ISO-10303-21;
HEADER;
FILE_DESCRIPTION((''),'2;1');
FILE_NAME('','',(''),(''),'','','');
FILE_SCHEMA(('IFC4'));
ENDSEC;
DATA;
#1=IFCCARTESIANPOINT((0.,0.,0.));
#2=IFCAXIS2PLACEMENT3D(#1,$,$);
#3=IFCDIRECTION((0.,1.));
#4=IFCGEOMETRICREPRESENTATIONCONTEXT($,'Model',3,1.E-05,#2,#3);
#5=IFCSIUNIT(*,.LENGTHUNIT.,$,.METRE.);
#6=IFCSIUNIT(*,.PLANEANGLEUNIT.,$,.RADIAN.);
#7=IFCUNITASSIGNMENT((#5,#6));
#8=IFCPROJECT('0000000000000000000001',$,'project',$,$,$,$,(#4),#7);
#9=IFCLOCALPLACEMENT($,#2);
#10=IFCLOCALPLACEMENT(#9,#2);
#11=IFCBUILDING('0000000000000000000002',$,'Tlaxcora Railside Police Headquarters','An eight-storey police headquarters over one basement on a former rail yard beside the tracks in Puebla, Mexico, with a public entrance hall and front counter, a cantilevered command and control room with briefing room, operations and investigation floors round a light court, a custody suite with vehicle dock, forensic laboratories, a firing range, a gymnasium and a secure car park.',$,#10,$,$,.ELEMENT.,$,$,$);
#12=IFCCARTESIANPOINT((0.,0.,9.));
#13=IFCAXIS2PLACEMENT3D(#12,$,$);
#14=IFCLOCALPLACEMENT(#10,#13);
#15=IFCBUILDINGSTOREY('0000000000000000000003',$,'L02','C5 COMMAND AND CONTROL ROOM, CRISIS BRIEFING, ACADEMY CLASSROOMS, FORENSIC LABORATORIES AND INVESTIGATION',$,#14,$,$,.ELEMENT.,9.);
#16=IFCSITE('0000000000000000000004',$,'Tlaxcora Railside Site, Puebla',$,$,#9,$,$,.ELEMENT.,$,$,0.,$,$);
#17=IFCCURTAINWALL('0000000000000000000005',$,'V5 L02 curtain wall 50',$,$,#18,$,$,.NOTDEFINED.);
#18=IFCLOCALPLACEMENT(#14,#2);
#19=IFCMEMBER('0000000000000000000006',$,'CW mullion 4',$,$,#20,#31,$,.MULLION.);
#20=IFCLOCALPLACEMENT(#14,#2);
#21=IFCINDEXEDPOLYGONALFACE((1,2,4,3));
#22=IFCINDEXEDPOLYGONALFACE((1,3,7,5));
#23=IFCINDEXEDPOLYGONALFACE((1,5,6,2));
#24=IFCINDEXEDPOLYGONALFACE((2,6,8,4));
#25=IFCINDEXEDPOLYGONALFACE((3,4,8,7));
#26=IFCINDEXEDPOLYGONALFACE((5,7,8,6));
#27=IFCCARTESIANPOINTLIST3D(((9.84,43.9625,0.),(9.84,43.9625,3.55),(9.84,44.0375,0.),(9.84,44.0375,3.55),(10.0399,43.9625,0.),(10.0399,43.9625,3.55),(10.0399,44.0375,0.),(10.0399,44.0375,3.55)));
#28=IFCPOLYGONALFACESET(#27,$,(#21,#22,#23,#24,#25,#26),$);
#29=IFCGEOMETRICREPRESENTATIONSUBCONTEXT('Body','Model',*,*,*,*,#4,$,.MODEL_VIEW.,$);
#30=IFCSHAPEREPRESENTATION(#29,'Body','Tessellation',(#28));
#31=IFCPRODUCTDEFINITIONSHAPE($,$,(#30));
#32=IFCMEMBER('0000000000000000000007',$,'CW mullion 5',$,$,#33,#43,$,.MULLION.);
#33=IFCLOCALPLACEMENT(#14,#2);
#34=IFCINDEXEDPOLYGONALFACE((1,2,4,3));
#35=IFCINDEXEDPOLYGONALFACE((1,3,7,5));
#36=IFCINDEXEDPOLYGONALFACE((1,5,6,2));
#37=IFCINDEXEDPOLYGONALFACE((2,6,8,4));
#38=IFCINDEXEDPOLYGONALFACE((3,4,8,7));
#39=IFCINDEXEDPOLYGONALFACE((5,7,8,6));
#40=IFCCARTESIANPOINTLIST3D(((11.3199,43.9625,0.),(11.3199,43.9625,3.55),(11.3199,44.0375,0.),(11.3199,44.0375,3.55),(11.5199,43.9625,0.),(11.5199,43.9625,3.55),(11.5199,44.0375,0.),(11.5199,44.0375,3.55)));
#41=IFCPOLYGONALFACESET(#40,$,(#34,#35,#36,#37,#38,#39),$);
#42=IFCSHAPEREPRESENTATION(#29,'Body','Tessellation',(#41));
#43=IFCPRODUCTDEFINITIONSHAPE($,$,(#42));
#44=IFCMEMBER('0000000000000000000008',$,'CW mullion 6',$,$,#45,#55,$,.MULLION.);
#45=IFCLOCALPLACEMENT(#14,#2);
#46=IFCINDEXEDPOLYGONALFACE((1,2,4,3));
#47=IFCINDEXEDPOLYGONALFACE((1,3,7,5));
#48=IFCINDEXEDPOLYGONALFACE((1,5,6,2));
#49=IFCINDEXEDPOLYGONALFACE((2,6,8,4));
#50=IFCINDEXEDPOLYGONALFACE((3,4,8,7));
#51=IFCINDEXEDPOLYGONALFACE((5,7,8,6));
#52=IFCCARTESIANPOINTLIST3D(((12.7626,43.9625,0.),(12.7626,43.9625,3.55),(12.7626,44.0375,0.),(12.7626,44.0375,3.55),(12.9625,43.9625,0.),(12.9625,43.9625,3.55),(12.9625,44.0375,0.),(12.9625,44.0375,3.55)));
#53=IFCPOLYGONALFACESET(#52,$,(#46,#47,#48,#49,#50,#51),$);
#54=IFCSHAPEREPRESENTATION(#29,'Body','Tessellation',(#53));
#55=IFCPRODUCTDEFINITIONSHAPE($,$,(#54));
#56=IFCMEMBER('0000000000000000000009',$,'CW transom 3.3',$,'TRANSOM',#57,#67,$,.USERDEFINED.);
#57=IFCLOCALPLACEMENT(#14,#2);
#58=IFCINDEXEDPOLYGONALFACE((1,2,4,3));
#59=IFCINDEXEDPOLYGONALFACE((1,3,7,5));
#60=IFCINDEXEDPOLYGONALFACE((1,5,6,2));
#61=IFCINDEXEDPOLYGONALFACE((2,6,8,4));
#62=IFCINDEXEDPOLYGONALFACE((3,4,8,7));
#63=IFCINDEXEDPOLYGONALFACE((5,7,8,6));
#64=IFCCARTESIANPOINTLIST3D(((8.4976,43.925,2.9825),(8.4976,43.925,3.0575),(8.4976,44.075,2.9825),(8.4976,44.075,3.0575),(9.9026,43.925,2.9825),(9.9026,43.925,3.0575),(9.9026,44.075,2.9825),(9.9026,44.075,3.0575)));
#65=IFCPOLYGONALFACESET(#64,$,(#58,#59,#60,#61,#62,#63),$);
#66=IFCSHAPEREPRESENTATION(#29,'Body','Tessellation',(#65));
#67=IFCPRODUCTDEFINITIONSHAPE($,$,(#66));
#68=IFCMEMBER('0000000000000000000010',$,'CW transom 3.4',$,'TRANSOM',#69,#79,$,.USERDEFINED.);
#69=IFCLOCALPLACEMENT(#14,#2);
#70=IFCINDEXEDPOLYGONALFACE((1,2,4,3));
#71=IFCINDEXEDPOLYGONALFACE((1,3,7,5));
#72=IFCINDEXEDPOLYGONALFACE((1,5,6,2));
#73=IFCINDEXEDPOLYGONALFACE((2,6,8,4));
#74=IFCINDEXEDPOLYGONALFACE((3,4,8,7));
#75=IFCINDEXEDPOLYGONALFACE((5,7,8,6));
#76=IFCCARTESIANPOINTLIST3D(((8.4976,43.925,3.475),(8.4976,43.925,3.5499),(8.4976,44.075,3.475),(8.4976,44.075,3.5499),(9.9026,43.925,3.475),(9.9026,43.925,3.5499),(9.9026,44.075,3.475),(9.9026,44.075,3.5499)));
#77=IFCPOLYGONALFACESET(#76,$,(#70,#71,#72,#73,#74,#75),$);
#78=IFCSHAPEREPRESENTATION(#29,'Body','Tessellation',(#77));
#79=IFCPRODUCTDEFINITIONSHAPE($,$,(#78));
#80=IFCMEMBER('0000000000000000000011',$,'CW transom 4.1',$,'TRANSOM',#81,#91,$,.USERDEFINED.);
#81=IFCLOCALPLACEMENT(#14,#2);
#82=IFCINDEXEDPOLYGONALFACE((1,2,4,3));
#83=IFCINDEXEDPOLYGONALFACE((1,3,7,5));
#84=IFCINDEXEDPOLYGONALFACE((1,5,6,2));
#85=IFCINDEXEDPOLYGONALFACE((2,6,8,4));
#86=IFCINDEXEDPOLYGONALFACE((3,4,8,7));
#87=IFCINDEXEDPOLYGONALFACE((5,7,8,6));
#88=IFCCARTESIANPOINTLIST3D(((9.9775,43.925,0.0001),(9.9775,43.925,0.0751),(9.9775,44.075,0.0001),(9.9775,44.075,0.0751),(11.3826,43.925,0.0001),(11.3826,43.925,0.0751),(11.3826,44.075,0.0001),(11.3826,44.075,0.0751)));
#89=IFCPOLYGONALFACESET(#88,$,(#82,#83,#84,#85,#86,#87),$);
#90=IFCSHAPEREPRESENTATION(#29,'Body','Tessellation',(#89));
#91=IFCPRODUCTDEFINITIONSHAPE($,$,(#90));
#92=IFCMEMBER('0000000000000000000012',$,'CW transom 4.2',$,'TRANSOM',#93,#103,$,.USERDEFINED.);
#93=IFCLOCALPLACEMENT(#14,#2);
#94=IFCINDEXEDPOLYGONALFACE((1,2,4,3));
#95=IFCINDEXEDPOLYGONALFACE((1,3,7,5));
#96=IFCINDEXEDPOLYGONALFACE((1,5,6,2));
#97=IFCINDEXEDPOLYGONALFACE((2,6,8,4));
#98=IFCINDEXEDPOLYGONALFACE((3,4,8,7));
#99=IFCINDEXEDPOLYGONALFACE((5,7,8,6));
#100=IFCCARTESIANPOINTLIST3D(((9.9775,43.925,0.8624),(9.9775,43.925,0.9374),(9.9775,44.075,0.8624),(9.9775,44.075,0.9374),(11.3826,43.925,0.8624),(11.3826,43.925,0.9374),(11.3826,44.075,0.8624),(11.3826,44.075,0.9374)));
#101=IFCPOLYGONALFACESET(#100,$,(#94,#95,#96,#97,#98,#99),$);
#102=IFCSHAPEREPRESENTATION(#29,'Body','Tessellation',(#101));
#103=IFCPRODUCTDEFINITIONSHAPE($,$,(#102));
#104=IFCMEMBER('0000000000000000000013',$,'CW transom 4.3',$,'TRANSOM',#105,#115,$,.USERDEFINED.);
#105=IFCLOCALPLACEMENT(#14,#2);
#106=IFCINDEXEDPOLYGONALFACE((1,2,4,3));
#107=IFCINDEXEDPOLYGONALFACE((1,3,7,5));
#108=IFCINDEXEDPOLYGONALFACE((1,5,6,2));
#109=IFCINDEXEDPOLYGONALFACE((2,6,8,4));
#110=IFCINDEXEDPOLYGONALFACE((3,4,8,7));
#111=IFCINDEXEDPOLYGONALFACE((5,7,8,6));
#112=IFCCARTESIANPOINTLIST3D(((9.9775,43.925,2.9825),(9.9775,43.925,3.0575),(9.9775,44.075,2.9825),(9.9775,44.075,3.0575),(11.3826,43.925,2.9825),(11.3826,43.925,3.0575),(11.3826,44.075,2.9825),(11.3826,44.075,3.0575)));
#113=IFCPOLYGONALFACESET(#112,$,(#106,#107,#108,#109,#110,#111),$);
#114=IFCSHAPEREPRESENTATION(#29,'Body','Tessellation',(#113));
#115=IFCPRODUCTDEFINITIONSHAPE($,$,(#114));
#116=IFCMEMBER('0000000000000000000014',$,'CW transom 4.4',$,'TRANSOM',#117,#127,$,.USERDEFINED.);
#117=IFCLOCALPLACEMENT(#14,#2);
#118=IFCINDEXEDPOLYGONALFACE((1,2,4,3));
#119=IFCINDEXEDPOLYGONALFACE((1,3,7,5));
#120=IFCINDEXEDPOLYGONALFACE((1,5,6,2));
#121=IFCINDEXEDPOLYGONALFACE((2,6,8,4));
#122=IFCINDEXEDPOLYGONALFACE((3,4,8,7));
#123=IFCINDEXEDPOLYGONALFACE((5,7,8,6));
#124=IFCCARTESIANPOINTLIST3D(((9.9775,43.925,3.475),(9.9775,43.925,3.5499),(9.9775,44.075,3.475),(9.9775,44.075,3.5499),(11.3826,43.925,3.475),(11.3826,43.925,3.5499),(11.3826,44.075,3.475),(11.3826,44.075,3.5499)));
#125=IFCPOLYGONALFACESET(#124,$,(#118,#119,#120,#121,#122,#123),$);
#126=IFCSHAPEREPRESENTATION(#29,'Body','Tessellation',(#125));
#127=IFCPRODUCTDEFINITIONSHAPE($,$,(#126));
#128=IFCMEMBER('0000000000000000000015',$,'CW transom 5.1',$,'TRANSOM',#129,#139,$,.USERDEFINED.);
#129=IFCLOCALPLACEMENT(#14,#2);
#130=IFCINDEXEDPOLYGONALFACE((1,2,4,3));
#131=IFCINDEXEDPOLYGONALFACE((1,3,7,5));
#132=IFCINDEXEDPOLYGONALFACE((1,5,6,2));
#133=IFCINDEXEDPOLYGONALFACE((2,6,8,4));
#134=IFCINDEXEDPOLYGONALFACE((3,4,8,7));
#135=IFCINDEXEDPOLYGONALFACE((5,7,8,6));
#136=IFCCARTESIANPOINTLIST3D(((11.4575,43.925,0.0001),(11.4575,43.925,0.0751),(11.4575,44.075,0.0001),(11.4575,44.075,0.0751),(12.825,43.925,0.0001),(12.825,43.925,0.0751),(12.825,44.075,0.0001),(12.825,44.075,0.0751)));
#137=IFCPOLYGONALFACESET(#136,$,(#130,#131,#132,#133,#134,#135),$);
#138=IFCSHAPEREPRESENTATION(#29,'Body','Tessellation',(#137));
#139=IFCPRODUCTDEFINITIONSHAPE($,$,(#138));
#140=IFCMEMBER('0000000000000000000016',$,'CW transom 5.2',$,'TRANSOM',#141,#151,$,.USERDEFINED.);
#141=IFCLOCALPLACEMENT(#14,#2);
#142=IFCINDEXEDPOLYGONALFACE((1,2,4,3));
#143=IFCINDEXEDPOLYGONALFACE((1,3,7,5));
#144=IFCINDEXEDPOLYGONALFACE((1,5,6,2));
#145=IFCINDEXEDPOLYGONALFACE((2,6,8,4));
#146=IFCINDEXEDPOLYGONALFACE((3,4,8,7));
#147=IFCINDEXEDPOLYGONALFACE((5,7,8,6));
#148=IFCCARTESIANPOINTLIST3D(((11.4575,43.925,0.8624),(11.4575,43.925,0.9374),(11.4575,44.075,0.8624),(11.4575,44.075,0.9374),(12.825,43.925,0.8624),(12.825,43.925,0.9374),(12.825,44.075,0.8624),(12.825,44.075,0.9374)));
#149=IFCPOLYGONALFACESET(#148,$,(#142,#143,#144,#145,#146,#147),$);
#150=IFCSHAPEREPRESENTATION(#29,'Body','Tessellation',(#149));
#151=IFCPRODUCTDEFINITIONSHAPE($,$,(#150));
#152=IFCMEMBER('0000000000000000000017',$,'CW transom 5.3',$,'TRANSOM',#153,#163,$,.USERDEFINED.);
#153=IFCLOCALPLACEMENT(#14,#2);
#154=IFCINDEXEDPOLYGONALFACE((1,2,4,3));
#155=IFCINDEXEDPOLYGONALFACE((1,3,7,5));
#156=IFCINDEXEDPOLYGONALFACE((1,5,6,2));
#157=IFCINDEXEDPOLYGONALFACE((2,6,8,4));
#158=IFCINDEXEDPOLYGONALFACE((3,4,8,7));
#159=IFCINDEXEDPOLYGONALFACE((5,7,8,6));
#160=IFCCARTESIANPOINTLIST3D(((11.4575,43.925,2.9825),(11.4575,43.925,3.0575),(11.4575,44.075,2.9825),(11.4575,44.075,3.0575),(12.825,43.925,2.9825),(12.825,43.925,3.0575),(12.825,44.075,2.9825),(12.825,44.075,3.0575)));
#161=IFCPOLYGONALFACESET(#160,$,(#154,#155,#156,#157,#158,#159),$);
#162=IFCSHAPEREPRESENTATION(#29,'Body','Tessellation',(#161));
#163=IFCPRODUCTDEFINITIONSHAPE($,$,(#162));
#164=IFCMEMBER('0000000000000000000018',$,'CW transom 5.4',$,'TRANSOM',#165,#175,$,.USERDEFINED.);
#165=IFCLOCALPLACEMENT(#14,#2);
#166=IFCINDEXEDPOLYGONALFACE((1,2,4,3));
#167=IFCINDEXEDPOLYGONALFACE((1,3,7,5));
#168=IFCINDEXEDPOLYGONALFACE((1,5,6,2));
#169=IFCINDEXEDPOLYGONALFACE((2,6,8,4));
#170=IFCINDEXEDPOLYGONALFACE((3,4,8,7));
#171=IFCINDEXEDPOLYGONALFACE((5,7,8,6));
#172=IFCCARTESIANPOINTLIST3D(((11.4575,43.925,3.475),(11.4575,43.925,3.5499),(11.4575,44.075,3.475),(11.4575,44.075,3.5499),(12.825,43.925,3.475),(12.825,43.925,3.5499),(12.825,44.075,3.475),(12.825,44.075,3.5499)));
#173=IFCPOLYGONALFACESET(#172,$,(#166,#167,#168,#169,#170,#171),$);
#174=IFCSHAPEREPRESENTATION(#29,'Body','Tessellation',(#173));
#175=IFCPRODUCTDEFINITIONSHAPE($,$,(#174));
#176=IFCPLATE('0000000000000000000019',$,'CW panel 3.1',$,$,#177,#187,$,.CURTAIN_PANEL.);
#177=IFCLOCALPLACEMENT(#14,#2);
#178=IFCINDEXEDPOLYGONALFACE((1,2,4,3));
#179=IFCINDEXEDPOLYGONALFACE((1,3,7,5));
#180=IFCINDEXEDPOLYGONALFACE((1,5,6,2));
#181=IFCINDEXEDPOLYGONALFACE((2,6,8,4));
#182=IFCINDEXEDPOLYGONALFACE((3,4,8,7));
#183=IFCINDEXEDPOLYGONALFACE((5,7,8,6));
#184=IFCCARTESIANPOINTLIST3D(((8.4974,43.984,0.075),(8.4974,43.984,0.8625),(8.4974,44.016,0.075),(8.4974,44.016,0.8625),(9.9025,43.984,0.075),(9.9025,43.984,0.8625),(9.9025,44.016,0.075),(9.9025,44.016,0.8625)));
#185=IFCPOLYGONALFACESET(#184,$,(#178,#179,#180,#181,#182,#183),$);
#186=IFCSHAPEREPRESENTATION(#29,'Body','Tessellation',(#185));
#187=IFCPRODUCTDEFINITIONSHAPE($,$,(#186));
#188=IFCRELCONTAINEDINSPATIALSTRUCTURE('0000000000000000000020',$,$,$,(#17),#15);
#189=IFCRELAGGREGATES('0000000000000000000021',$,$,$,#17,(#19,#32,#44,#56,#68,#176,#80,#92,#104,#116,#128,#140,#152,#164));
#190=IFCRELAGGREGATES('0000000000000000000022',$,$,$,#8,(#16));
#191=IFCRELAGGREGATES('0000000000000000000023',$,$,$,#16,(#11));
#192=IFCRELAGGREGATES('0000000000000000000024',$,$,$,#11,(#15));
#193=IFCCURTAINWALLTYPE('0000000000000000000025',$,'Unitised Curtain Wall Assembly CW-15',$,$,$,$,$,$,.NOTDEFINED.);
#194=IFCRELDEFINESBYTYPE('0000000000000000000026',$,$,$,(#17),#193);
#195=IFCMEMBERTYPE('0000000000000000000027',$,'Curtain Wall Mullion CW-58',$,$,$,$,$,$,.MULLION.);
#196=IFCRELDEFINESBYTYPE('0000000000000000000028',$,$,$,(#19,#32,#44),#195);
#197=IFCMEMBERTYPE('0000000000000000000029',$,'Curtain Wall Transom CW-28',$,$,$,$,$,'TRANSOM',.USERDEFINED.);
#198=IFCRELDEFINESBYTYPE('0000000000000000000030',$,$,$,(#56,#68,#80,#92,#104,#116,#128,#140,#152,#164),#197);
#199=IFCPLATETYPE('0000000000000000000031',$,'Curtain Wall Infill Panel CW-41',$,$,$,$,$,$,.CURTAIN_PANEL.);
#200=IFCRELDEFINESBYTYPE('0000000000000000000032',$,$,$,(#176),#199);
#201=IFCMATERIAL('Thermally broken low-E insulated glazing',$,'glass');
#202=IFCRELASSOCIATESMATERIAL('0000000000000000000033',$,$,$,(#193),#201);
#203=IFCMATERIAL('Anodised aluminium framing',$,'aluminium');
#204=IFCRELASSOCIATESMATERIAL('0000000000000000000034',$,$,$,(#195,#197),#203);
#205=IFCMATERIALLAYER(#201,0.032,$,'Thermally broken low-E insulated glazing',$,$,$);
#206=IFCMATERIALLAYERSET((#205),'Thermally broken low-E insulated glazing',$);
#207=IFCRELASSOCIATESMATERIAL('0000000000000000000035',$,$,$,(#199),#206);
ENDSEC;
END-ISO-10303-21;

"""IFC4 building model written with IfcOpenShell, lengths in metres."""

from ifc_helpers import new_model, si_unit, direction, frame, origin, origin_2d, place, context, subcontext, project, spatial, rectangle, extrude, material, layer, layer_set, material_profile, profile_set, type_object, element, aggregate, save


model = new_model("IFC4")

# Units and contexts
model_context = context("Model", 3, precision=1e-05, world=origin(), true_north=direction((0.0, 1.0)))
body_context = subcontext(model_context, "Body", "Model", "MODEL_VIEW")
ifc_project = project(units=[si_unit("LENGTHUNIT", "METRE"), si_unit("PLANEANGLEUNIT", "RADIAN")], contexts=[model_context])

# Site, building, storey
site_placement = place(None, origin())
site = spatial("IfcSite", under=ifc_project, at=site_placement, Name="Tlaxcora Railside Site, Puebla", CompositionType="ELEMENT", RefElevation=0.0)
building_placement = place(site_placement, origin())
building = spatial("IfcBuilding", under=site, at=building_placement, Name="Tlaxcora Railside Police Headquarters", Description="An eight-storey police headquarters over one basement on a former rail yard beside the tracks in Puebla, Mexico, with a public entrance hall and front counter, a cantilevered command and control room with briefing room, operations and investigation floors round a light court, a custody suite with vehicle dock, forensic laboratories, a firing range, a gymnasium and a secure car park.", CompositionType="ELEMENT")
storey_placement = place(building_placement, frame((0.0, 0.0, 9.0)))
storey = spatial("IfcBuildingStorey", under=building, at=storey_placement, Name="L02", Description="C5 COMMAND AND CONTROL ROOM, CRISIS BRIEFING, ACADEMY CLASSROOMS, FORENSIC LABORATORIES AND INVESTIGATION", CompositionType="ELEMENT", Elevation=9.0)

# Curtain wall, members, plate
ifc_material_1 = material(Name="Thermally broken low-E insulated glazing", Category="glass")
curtain_wall_type = type_object("IfcCurtainWallType", Name="Unitised Curtain Wall Assembly CW-15", PredefinedType="NOTDEFINED", material=ifc_material_1)
curtain_wall_placement = place(storey_placement, origin())
curtain_wall = element("IfcCurtainWall", 1, at=curtain_wall_placement, inside=storey, type_object=curtain_wall_type, Name="V5 L02 curtain wall 50", PredefinedType="NOTDEFINED")
ifc_material_2 = material(Name="Anodised aluminium framing", Category="aluminium")
ifc_material_profile_1 = material_profile(ifc_material_2, rectangle(XDim=0.075, YDim=0.2, at=origin_2d()), Name="AL75X200")
ifc_profile_set_1 = profile_set([ifc_material_profile_1], Name="Anodised aluminium framing")
member_type_1 = type_object("IfcMemberType", Name="Curtain Wall Mullion CW-58", PredefinedType="MULLION", material=ifc_profile_set_1)
member_1_placement = place(storey_placement, frame((9.9399, 44.0, 0.0), z_axis=(0.0, 0.0, 1.0), x_axis=(0.0, 1.0, 0.0)))
member_1 = element("IfcMember", 2, at=member_1_placement, type_object=member_type_1, Name="CW mullion 4", PredefinedType="MULLION", context=body_context, shape_type="SweptSolid", body=[
    extrude(rectangle(XDim=0.075, YDim=0.2, at=origin_2d()), origin(), (0.0, 0.0, 1.0), 3.55),
])
member_2_placement = place(storey_placement, frame((11.4199, 44.0, 0.0), z_axis=(0.0, 0.0, 1.0), x_axis=(0.0, 1.0, 0.0)))
member_2 = element("IfcMember", 3, at=member_2_placement, type_object=member_type_1, Name="CW mullion 5", PredefinedType="MULLION", context=body_context, shape_type="SweptSolid", body=[
    extrude(rectangle(XDim=0.075, YDim=0.2, at=origin_2d()), origin(), (0.0, 0.0, 1.0), 3.55),
])
member_3_placement = place(storey_placement, frame((12.8625, 44.0, 0.0), z_axis=(0.0, 0.0, 1.0), x_axis=(0.0, 1.0, 0.0)))
member_3 = element("IfcMember", 4, at=member_3_placement, type_object=member_type_1, Name="CW mullion 6", PredefinedType="MULLION", context=body_context, shape_type="SweptSolid", body=[
    extrude(rectangle(XDim=0.075, YDim=0.2, at=origin_2d()), origin(), (0.0, 0.0, 1.0), 3.55),
])
ifc_material_profile_2 = material_profile(ifc_material_2, rectangle(XDim=0.1499, YDim=0.075, at=origin_2d()), Name="AL75X150")
ifc_profile_set_2 = profile_set([ifc_material_profile_2], Name="Anodised aluminium framing")
member_type_2 = type_object("IfcMemberType", Name="Curtain Wall Transom CW-28", ElementType="TRANSOM", PredefinedType="USERDEFINED", material=ifc_profile_set_2)
member_4_placement = place(storey_placement, frame((8.4976, 44.0, 3.02), z_axis=(1.0, 0.0, 0.0), x_axis=(0.0, 1.0, 0.0)))
member_4 = element("IfcMember", 5, at=member_4_placement, type_object=member_type_2, Name="CW transom 3.3", ObjectType="TRANSOM", PredefinedType="USERDEFINED", context=body_context, shape_type="SweptSolid", body=[
    extrude(rectangle(XDim=0.1499, YDim=0.075, at=origin_2d()), origin(), (0.0, 0.0, 1.0), 1.405),
])
member_5_placement = place(storey_placement, frame((8.4976, 44.0, 3.5125), z_axis=(1.0, 0.0, 0.0), x_axis=(0.0, 1.0, 0.0)))
member_5 = element("IfcMember", 6, at=member_5_placement, type_object=member_type_2, Name="CW transom 3.4", ObjectType="TRANSOM", PredefinedType="USERDEFINED", context=body_context, shape_type="SweptSolid", body=[
    extrude(rectangle(XDim=0.1499, YDim=0.075, at=origin_2d()), origin(), (0.0, 0.0, 1.0), 1.405),
])
member_6_placement = place(storey_placement, frame((9.9775, 44.0, 0.0376), z_axis=(1.0, 0.0, 0.0), x_axis=(0.0, 1.0, 0.0)))
member_6 = element("IfcMember", 7, at=member_6_placement, type_object=member_type_2, Name="CW transom 4.1", ObjectType="TRANSOM", PredefinedType="USERDEFINED", context=body_context, shape_type="SweptSolid", body=[
    extrude(rectangle(XDim=0.1499, YDim=0.075, at=origin_2d()), origin(), (0.0, 0.0, 1.0), 1.405),
])
member_7_placement = place(storey_placement, frame((9.9775, 44.0, 0.8999), z_axis=(1.0, 0.0, 0.0), x_axis=(0.0, 1.0, 0.0)))
member_7 = element("IfcMember", 8, at=member_7_placement, type_object=member_type_2, Name="CW transom 4.2", ObjectType="TRANSOM", PredefinedType="USERDEFINED", context=body_context, shape_type="SweptSolid", body=[
    extrude(rectangle(XDim=0.1499, YDim=0.075, at=origin_2d()), origin(), (0.0, 0.0, 1.0), 1.405),
])
member_8_placement = place(storey_placement, frame((9.9775, 44.0, 3.02), z_axis=(1.0, 0.0, 0.0), x_axis=(0.0, 1.0, 0.0)))
member_8 = element("IfcMember", 9, at=member_8_placement, type_object=member_type_2, Name="CW transom 4.3", ObjectType="TRANSOM", PredefinedType="USERDEFINED", context=body_context, shape_type="SweptSolid", body=[
    extrude(rectangle(XDim=0.1499, YDim=0.075, at=origin_2d()), origin(), (0.0, 0.0, 1.0), 1.405),
])
member_9_placement = place(storey_placement, frame((9.9775, 44.0, 3.5125), z_axis=(1.0, 0.0, 0.0), x_axis=(0.0, 1.0, 0.0)))
member_9 = element("IfcMember", 10, at=member_9_placement, type_object=member_type_2, Name="CW transom 4.4", ObjectType="TRANSOM", PredefinedType="USERDEFINED", context=body_context, shape_type="SweptSolid", body=[
    extrude(rectangle(XDim=0.1499, YDim=0.075, at=origin_2d()), origin(), (0.0, 0.0, 1.0), 1.405),
])
member_10_placement = place(storey_placement, frame((11.4575, 44.0, 0.0376), z_axis=(1.0, 0.0, 0.0), x_axis=(0.0, 1.0, 0.0)))
member_10 = element("IfcMember", 11, at=member_10_placement, type_object=member_type_2, Name="CW transom 5.1", ObjectType="TRANSOM", PredefinedType="USERDEFINED", context=body_context, shape_type="SweptSolid", body=[
    extrude(rectangle(XDim=0.1499, YDim=0.075, at=origin_2d()), origin(), (0.0, 0.0, 1.0), 1.3674),
])
member_11_placement = place(storey_placement, frame((11.4575, 44.0, 0.8999), z_axis=(1.0, 0.0, 0.0), x_axis=(0.0, 1.0, 0.0)))
member_11 = element("IfcMember", 12, at=member_11_placement, type_object=member_type_2, Name="CW transom 5.2", ObjectType="TRANSOM", PredefinedType="USERDEFINED", context=body_context, shape_type="SweptSolid", body=[
    extrude(rectangle(XDim=0.1499, YDim=0.075, at=origin_2d()), origin(), (0.0, 0.0, 1.0), 1.3674),
])
member_12_placement = place(storey_placement, frame((11.4575, 44.0, 3.02), z_axis=(1.0, 0.0, 0.0), x_axis=(0.0, 1.0, 0.0)))
member_12 = element("IfcMember", 13, at=member_12_placement, type_object=member_type_2, Name="CW transom 5.3", ObjectType="TRANSOM", PredefinedType="USERDEFINED", context=body_context, shape_type="SweptSolid", body=[
    extrude(rectangle(XDim=0.1499, YDim=0.075, at=origin_2d()), origin(), (0.0, 0.0, 1.0), 1.3674),
])
member_13_placement = place(storey_placement, frame((11.4575, 44.0, 3.5125), z_axis=(1.0, 0.0, 0.0), x_axis=(0.0, 1.0, 0.0)))
member_13 = element("IfcMember", 14, at=member_13_placement, type_object=member_type_2, Name="CW transom 5.4", ObjectType="TRANSOM", PredefinedType="USERDEFINED", context=body_context, shape_type="SweptSolid", body=[
    extrude(rectangle(XDim=0.1499, YDim=0.075, at=origin_2d()), origin(), (0.0, 0.0, 1.0), 1.3674),
])
ifc_layer = layer(ifc_material_1, 0.032, Name="Thermally broken low-E insulated glazing")
ifc_layer_set = layer_set([ifc_layer], Name="Thermally broken low-E insulated glazing")
plate_type = type_object("IfcPlateType", Name="Curtain Wall Infill Panel CW-41", PredefinedType="CURTAIN_PANEL", material=ifc_layer_set)
plate_1_placement = place(storey_placement, frame((9.2, 44.0, 0.075), z_axis=(0.0, 0.0, 1.0), x_axis=(1.0, 0.0, 0.0)))
plate_1 = element("IfcPlate", 15, at=plate_1_placement, type_object=plate_type, Name="CW panel 3.1", PredefinedType="CURTAIN_PANEL", context=body_context, shape_type="SweptSolid", body=[
    extrude(rectangle(XDim=1.405, YDim=0.032, at=origin_2d()), origin(), (0.0, 0.0, 1.0), 0.7876),
])
aggregate(curtain_wall, [member_1, member_2, member_3, member_4, member_5, plate_1, member_6, member_7, member_8, member_9, member_10, member_11, member_12, member_13])

save(model, "model.ifc")
